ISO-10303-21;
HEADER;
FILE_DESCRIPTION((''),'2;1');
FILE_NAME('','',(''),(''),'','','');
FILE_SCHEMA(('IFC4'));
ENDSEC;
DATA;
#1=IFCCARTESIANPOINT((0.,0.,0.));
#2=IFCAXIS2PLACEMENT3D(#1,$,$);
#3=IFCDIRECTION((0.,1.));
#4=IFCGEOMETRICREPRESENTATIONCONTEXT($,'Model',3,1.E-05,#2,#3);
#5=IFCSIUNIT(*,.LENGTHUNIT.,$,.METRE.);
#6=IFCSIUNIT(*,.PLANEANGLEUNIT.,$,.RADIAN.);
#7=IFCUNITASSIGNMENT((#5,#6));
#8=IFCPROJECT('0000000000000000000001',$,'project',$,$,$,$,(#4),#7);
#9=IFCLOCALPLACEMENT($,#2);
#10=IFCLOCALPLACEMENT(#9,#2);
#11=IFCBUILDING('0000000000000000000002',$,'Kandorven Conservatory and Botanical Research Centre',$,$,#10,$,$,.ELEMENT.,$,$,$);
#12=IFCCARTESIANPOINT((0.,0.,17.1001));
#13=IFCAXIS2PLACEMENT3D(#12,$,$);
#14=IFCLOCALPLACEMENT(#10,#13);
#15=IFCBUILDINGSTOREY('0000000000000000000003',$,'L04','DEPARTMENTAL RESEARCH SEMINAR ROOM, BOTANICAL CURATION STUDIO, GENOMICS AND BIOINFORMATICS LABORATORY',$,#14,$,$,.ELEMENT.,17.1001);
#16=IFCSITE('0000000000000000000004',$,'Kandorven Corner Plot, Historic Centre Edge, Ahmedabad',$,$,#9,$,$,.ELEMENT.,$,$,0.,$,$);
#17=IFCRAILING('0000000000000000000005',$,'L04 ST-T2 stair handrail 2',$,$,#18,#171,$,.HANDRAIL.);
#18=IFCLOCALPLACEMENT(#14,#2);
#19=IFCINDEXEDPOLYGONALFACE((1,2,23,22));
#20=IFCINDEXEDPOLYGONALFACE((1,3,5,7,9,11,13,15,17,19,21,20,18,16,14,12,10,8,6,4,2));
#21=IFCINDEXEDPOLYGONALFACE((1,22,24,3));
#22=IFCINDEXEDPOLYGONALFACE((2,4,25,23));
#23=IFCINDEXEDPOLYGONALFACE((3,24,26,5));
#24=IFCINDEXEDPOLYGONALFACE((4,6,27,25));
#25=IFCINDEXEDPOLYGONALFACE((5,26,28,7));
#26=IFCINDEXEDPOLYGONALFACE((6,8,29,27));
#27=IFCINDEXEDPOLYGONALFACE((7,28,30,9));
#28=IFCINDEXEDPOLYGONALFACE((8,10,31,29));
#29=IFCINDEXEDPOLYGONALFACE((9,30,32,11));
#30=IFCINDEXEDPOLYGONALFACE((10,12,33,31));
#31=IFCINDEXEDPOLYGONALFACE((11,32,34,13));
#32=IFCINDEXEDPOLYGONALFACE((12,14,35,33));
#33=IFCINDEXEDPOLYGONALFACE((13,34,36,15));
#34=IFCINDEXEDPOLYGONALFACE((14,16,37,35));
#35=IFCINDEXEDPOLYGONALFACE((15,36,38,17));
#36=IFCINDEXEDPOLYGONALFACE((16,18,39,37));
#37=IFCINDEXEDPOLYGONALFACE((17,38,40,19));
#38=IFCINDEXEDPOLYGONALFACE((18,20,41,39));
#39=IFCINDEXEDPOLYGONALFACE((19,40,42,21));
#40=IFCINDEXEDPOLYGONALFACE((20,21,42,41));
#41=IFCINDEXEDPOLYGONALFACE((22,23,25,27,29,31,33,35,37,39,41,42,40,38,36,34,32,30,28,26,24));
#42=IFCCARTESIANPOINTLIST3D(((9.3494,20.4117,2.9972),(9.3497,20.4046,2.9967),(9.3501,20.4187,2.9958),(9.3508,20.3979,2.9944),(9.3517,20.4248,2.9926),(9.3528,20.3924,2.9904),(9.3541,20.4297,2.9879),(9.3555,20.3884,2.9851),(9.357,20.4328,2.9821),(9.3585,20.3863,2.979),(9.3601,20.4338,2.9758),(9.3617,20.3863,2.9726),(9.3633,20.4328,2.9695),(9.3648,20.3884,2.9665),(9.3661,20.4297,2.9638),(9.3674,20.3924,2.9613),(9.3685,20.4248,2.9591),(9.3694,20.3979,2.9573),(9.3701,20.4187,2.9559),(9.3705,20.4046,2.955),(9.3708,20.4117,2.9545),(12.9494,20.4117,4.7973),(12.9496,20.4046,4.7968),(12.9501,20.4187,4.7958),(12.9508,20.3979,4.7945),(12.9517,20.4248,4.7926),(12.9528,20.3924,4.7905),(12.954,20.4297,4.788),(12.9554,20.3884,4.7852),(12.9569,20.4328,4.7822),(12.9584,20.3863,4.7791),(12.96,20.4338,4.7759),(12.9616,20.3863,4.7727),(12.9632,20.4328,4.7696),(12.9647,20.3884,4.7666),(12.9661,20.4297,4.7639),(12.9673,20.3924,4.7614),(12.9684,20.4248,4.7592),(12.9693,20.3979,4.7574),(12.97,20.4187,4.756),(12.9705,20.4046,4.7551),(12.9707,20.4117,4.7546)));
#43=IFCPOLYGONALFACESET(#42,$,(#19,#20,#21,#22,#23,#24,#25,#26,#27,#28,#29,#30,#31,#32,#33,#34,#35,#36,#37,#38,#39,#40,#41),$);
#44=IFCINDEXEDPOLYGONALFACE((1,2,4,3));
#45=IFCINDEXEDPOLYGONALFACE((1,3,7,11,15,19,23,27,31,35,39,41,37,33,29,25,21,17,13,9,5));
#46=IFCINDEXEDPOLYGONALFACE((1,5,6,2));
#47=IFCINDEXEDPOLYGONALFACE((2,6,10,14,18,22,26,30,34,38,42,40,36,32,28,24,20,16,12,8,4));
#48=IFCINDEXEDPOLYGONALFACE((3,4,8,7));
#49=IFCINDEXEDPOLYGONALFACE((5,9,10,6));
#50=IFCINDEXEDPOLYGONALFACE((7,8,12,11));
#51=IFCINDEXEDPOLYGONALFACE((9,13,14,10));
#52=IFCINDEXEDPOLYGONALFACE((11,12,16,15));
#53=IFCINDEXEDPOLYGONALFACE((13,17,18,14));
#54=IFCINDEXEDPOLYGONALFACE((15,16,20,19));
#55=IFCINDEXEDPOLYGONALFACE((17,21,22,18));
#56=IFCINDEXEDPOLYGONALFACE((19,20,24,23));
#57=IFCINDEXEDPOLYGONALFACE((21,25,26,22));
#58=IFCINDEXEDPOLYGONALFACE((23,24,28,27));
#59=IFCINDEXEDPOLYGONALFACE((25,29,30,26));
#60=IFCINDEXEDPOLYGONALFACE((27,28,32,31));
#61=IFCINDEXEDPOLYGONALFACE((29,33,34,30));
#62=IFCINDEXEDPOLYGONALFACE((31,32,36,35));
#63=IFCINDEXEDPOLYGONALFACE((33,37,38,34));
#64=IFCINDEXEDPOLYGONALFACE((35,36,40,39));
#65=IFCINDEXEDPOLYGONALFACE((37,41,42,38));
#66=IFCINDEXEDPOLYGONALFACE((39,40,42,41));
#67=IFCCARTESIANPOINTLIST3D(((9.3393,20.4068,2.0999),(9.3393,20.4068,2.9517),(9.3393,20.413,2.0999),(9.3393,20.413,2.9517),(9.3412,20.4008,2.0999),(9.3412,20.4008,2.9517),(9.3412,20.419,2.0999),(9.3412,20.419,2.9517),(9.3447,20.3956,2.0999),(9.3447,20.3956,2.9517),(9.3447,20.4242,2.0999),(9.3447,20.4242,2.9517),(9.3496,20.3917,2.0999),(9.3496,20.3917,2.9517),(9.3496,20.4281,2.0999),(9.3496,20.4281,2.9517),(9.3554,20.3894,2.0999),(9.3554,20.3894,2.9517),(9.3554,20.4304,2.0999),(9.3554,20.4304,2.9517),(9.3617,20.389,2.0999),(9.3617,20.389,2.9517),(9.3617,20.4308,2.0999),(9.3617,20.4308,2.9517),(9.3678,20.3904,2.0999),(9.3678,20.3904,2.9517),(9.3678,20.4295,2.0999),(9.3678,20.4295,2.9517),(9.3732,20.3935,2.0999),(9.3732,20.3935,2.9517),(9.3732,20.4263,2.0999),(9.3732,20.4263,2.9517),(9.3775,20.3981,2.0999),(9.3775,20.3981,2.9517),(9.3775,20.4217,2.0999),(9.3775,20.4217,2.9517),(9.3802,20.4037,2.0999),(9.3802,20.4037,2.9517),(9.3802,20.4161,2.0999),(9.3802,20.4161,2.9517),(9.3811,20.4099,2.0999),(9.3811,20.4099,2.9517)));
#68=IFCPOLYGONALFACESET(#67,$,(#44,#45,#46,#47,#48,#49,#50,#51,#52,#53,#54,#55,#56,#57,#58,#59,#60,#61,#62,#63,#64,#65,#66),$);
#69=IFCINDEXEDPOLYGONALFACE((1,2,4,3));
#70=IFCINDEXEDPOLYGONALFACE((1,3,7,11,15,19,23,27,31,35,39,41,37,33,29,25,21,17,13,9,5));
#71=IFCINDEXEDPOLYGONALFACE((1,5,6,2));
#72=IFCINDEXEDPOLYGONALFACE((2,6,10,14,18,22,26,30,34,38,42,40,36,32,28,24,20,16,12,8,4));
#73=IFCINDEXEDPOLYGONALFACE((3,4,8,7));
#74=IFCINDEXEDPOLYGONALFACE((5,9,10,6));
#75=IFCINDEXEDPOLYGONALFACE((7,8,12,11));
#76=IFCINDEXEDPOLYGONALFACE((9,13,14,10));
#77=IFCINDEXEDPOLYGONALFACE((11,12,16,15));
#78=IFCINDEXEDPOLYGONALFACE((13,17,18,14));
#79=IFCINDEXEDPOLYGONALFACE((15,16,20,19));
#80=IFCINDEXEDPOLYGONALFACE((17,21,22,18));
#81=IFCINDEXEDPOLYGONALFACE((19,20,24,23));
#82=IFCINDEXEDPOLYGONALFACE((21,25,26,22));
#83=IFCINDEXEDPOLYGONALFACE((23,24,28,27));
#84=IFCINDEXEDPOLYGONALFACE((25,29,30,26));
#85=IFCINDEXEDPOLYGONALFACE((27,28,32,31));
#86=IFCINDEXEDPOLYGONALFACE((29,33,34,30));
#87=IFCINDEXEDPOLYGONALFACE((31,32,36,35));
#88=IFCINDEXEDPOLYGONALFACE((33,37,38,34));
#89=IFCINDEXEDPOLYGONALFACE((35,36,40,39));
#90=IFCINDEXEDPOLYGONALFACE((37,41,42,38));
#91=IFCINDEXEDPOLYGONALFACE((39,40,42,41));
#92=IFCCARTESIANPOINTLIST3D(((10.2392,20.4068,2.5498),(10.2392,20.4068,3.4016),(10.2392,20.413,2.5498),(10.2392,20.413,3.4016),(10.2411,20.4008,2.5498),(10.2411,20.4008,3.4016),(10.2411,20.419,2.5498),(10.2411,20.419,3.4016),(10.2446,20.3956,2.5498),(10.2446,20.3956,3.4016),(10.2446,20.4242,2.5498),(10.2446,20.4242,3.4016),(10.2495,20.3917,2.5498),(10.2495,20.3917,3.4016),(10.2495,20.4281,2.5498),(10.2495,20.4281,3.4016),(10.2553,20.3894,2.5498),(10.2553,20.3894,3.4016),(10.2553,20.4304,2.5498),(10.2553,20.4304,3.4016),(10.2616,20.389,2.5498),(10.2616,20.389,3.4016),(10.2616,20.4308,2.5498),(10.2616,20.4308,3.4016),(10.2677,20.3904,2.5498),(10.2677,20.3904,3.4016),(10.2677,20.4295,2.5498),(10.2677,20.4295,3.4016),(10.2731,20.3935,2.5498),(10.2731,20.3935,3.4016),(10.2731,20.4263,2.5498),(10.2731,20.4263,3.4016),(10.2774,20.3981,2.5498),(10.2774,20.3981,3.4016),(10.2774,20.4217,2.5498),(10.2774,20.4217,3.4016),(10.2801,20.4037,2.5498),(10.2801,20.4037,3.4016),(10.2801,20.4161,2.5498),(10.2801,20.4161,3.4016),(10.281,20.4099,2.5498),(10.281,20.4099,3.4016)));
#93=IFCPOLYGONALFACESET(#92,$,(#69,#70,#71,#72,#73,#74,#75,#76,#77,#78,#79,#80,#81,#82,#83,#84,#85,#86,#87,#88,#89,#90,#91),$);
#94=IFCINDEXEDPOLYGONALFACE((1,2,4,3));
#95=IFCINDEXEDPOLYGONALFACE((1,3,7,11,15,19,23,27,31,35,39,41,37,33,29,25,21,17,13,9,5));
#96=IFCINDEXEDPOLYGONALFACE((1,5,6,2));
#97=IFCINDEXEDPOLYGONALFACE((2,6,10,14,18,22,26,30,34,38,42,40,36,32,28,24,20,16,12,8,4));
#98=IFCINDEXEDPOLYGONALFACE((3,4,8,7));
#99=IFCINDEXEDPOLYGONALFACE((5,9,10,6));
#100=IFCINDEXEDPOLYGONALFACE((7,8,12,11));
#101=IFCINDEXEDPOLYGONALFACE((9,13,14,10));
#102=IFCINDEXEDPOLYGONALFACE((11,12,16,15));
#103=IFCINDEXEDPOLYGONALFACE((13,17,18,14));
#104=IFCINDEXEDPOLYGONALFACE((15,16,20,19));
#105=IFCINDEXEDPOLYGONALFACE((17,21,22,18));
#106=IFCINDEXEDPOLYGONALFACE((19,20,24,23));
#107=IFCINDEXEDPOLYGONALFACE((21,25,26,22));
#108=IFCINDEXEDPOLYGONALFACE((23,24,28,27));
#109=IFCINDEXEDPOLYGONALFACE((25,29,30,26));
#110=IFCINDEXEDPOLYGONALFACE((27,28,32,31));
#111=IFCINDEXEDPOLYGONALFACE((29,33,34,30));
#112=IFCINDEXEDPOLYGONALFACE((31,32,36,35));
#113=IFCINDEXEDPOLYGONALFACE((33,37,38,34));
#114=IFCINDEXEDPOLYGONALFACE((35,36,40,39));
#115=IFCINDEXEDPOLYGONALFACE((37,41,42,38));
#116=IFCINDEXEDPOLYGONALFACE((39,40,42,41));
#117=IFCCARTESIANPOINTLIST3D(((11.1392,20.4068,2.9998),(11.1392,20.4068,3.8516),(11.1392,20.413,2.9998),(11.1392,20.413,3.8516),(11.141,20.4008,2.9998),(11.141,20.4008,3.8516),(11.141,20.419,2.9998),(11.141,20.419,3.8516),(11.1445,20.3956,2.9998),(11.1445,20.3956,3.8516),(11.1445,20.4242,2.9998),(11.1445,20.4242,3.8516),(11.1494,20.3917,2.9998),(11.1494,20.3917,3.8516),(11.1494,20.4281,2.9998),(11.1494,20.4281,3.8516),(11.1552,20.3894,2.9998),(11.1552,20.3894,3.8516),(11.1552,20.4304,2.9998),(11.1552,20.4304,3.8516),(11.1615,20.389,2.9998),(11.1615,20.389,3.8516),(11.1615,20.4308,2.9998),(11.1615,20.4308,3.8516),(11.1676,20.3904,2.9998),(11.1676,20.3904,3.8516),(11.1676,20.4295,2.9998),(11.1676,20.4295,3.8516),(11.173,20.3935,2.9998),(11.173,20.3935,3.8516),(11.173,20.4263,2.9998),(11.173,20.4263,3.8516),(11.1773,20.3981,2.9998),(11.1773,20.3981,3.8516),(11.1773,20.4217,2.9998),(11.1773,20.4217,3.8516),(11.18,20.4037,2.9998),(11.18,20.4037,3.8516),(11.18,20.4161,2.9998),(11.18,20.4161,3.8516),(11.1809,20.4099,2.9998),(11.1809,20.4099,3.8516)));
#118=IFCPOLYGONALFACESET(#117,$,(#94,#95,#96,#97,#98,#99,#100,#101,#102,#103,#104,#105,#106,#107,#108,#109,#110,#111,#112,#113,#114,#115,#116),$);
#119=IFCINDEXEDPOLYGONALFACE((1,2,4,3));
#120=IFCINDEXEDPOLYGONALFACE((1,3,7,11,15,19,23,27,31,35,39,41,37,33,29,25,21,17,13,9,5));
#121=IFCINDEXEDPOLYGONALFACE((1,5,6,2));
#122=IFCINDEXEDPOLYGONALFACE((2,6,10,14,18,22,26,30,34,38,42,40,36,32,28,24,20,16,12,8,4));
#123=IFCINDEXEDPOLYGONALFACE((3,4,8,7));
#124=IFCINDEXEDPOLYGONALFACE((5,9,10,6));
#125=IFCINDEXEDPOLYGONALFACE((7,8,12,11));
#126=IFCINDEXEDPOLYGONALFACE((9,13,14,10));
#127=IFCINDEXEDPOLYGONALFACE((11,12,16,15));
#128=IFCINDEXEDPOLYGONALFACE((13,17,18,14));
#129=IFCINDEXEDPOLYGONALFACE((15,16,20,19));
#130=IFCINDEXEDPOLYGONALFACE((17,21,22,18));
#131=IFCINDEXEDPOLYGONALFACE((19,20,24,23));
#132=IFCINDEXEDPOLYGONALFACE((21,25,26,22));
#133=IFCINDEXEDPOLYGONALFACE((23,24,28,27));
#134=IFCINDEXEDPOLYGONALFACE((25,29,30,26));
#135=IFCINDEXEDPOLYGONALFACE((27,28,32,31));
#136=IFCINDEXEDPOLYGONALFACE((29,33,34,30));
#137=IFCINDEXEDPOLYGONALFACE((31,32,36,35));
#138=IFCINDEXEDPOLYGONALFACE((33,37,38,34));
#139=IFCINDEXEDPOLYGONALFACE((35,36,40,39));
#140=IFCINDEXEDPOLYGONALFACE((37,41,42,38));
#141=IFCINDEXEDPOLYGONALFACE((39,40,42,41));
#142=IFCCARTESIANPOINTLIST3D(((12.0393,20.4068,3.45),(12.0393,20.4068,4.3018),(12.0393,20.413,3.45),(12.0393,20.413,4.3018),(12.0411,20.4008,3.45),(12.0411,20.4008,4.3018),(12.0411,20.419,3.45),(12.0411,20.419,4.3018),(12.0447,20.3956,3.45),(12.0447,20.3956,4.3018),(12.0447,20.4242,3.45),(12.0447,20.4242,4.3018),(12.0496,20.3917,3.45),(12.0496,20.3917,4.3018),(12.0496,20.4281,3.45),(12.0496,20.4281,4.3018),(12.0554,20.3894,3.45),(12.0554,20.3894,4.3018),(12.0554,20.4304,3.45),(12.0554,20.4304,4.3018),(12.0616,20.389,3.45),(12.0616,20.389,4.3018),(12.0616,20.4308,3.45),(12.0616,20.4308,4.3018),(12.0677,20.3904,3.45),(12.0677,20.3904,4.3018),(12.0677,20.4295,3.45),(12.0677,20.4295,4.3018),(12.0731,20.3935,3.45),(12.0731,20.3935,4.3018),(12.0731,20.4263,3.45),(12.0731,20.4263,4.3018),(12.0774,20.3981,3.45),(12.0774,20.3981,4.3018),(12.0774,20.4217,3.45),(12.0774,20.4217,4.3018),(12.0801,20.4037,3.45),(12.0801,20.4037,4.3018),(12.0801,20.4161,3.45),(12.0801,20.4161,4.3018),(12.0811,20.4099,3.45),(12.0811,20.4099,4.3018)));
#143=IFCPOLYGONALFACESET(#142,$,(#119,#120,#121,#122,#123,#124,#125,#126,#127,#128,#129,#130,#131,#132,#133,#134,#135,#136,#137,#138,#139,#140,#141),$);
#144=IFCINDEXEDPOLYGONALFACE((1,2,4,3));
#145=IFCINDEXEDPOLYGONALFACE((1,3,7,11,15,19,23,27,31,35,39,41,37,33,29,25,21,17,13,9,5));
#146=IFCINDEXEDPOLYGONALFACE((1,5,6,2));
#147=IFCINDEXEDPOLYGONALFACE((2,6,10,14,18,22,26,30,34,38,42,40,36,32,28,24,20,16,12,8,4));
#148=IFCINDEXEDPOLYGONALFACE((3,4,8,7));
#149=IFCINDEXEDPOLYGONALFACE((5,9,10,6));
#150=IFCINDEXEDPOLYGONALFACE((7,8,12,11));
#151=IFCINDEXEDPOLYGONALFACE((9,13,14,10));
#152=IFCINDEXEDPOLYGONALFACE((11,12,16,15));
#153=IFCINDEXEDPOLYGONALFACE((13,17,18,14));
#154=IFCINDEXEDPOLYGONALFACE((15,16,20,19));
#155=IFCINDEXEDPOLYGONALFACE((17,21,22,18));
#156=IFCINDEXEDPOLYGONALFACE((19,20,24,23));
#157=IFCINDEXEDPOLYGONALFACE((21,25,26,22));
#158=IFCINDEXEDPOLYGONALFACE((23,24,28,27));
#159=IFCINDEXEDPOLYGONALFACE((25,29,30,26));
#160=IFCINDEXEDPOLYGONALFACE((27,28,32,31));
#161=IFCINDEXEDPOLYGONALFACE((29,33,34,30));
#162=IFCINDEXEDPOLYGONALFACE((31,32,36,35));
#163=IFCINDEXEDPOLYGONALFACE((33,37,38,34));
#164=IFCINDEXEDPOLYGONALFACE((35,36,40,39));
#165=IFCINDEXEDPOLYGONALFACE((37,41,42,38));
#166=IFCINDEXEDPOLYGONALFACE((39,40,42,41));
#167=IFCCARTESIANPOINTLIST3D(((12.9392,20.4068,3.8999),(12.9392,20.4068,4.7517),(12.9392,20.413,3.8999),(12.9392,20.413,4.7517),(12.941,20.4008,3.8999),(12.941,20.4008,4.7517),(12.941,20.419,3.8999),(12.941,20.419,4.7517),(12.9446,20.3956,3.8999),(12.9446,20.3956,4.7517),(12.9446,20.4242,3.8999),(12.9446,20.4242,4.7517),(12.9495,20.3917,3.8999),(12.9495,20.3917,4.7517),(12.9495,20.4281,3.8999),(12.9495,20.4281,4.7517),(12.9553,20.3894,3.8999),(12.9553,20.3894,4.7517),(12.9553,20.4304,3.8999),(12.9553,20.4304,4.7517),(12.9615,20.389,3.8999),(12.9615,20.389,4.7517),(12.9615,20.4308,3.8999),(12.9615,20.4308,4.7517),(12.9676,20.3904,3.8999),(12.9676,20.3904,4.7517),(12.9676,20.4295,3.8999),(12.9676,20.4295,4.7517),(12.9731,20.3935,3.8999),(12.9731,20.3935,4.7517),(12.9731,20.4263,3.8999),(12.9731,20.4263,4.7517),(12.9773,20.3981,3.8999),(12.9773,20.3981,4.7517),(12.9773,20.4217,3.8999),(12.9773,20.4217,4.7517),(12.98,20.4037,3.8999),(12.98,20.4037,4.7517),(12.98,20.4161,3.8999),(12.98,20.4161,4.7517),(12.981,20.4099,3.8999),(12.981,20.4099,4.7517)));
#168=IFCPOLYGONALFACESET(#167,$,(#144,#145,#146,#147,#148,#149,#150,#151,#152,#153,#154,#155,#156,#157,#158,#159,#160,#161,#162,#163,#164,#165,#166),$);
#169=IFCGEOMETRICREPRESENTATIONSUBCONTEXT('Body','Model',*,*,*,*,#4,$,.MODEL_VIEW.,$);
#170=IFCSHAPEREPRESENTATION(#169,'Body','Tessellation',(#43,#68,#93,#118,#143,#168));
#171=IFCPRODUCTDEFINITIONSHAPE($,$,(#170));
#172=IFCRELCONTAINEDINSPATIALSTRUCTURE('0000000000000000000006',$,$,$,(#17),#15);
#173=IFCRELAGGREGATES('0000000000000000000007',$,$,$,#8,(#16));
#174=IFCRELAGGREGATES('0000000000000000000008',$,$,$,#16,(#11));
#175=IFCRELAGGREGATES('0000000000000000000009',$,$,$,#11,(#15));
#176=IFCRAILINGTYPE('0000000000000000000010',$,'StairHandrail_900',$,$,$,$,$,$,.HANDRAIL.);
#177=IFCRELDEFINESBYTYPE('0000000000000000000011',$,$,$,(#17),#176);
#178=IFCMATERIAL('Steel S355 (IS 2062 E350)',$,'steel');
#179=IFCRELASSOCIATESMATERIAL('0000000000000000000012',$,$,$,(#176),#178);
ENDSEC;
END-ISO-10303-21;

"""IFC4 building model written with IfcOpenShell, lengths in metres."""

from ifc_helpers import new_model, si_unit, direction, frame, origin, origin_2d, place, context, subcontext, project, spatial, circle, extrude, material, type_object, element, save


model = new_model("IFC4")

# Units and contexts
model_context = context("Model", 3, precision=1e-05, world=origin(), true_north=direction((0.0, 1.0)))
body_context = subcontext(model_context, "Body", "Model", "MODEL_VIEW")
ifc_project = project(units=[si_unit("LENGTHUNIT", "METRE"), si_unit("PLANEANGLEUNIT", "RADIAN")], contexts=[model_context])

# Site, building, storey
site_placement = place(None, origin())
site = spatial("IfcSite", under=ifc_project, at=site_placement, Name="Kandorven Corner Plot, Historic Centre Edge, Ahmedabad", CompositionType="ELEMENT", RefElevation=0.0)
building_placement = place(site_placement, origin())
building = spatial("IfcBuilding", under=site, at=building_placement, Name="Kandorven Conservatory and Botanical Research Centre", CompositionType="ELEMENT")
storey_placement = place(building_placement, frame((0.0, 0.0, 17.1001)))
storey = spatial("IfcBuildingStorey", under=building, at=storey_placement, Name="L04", Description="DEPARTMENTAL RESEARCH SEMINAR ROOM, BOTANICAL CURATION STUDIO, GENOMICS AND BIOINFORMATICS LABORATORY", CompositionType="ELEMENT", Elevation=17.1001)

# Railing
ifc_material_1 = material(Name="Steel S355 (IS 2062 E350)", Category="steel")
railing_type_1 = type_object("IfcRailingType", Name="StairHandrail_900", PredefinedType="HANDRAIL", material=ifc_material_1)
railing_1_placement = place(storey_placement, frame((9.3601, 20.4099, 2.0999)))
element("IfcRailing", 1, at=railing_1_placement, inside=storey, type_object=railing_type_1, Name="L04 ST-T2 stair handrail 2", PredefinedType="HANDRAIL", context=body_context, shape_type="SweptSolid", body=[
    extrude(circle(Radius=0.0239, at=origin_2d()), frame((0.0, 0.0, 0.876), z_axis=(0.894415, 0.0, 0.447238), x_axis=(0.0, 1.0, 0.0)), (0.0, 0.0, 1.0), 4.0249),
    extrude(circle(Radius=0.021, at=origin_2d()), origin(), (0.0, 0.0, 1.0), 0.8518),
    extrude(circle(Radius=0.021, at=origin_2d()), frame((0.8999, 0.0, 0.45)), (0.0, 0.0, 1.0), 0.8518),
    extrude(circle(Radius=0.021, at=origin_2d()), frame((1.7998, 0.0, 0.8999)), (0.0, 0.0, 1.0), 0.8518),
    extrude(circle(Radius=0.021, at=origin_2d()), frame((2.7, 0.0, 1.3501)), (0.0, 0.0, 1.0), 0.8518),
    extrude(circle(Radius=0.021, at=origin_2d()), frame((3.5999, 0.0, 1.8)), (0.0, 0.0, 1.0), 0.8518),
])

save(model, "model.ifc")
